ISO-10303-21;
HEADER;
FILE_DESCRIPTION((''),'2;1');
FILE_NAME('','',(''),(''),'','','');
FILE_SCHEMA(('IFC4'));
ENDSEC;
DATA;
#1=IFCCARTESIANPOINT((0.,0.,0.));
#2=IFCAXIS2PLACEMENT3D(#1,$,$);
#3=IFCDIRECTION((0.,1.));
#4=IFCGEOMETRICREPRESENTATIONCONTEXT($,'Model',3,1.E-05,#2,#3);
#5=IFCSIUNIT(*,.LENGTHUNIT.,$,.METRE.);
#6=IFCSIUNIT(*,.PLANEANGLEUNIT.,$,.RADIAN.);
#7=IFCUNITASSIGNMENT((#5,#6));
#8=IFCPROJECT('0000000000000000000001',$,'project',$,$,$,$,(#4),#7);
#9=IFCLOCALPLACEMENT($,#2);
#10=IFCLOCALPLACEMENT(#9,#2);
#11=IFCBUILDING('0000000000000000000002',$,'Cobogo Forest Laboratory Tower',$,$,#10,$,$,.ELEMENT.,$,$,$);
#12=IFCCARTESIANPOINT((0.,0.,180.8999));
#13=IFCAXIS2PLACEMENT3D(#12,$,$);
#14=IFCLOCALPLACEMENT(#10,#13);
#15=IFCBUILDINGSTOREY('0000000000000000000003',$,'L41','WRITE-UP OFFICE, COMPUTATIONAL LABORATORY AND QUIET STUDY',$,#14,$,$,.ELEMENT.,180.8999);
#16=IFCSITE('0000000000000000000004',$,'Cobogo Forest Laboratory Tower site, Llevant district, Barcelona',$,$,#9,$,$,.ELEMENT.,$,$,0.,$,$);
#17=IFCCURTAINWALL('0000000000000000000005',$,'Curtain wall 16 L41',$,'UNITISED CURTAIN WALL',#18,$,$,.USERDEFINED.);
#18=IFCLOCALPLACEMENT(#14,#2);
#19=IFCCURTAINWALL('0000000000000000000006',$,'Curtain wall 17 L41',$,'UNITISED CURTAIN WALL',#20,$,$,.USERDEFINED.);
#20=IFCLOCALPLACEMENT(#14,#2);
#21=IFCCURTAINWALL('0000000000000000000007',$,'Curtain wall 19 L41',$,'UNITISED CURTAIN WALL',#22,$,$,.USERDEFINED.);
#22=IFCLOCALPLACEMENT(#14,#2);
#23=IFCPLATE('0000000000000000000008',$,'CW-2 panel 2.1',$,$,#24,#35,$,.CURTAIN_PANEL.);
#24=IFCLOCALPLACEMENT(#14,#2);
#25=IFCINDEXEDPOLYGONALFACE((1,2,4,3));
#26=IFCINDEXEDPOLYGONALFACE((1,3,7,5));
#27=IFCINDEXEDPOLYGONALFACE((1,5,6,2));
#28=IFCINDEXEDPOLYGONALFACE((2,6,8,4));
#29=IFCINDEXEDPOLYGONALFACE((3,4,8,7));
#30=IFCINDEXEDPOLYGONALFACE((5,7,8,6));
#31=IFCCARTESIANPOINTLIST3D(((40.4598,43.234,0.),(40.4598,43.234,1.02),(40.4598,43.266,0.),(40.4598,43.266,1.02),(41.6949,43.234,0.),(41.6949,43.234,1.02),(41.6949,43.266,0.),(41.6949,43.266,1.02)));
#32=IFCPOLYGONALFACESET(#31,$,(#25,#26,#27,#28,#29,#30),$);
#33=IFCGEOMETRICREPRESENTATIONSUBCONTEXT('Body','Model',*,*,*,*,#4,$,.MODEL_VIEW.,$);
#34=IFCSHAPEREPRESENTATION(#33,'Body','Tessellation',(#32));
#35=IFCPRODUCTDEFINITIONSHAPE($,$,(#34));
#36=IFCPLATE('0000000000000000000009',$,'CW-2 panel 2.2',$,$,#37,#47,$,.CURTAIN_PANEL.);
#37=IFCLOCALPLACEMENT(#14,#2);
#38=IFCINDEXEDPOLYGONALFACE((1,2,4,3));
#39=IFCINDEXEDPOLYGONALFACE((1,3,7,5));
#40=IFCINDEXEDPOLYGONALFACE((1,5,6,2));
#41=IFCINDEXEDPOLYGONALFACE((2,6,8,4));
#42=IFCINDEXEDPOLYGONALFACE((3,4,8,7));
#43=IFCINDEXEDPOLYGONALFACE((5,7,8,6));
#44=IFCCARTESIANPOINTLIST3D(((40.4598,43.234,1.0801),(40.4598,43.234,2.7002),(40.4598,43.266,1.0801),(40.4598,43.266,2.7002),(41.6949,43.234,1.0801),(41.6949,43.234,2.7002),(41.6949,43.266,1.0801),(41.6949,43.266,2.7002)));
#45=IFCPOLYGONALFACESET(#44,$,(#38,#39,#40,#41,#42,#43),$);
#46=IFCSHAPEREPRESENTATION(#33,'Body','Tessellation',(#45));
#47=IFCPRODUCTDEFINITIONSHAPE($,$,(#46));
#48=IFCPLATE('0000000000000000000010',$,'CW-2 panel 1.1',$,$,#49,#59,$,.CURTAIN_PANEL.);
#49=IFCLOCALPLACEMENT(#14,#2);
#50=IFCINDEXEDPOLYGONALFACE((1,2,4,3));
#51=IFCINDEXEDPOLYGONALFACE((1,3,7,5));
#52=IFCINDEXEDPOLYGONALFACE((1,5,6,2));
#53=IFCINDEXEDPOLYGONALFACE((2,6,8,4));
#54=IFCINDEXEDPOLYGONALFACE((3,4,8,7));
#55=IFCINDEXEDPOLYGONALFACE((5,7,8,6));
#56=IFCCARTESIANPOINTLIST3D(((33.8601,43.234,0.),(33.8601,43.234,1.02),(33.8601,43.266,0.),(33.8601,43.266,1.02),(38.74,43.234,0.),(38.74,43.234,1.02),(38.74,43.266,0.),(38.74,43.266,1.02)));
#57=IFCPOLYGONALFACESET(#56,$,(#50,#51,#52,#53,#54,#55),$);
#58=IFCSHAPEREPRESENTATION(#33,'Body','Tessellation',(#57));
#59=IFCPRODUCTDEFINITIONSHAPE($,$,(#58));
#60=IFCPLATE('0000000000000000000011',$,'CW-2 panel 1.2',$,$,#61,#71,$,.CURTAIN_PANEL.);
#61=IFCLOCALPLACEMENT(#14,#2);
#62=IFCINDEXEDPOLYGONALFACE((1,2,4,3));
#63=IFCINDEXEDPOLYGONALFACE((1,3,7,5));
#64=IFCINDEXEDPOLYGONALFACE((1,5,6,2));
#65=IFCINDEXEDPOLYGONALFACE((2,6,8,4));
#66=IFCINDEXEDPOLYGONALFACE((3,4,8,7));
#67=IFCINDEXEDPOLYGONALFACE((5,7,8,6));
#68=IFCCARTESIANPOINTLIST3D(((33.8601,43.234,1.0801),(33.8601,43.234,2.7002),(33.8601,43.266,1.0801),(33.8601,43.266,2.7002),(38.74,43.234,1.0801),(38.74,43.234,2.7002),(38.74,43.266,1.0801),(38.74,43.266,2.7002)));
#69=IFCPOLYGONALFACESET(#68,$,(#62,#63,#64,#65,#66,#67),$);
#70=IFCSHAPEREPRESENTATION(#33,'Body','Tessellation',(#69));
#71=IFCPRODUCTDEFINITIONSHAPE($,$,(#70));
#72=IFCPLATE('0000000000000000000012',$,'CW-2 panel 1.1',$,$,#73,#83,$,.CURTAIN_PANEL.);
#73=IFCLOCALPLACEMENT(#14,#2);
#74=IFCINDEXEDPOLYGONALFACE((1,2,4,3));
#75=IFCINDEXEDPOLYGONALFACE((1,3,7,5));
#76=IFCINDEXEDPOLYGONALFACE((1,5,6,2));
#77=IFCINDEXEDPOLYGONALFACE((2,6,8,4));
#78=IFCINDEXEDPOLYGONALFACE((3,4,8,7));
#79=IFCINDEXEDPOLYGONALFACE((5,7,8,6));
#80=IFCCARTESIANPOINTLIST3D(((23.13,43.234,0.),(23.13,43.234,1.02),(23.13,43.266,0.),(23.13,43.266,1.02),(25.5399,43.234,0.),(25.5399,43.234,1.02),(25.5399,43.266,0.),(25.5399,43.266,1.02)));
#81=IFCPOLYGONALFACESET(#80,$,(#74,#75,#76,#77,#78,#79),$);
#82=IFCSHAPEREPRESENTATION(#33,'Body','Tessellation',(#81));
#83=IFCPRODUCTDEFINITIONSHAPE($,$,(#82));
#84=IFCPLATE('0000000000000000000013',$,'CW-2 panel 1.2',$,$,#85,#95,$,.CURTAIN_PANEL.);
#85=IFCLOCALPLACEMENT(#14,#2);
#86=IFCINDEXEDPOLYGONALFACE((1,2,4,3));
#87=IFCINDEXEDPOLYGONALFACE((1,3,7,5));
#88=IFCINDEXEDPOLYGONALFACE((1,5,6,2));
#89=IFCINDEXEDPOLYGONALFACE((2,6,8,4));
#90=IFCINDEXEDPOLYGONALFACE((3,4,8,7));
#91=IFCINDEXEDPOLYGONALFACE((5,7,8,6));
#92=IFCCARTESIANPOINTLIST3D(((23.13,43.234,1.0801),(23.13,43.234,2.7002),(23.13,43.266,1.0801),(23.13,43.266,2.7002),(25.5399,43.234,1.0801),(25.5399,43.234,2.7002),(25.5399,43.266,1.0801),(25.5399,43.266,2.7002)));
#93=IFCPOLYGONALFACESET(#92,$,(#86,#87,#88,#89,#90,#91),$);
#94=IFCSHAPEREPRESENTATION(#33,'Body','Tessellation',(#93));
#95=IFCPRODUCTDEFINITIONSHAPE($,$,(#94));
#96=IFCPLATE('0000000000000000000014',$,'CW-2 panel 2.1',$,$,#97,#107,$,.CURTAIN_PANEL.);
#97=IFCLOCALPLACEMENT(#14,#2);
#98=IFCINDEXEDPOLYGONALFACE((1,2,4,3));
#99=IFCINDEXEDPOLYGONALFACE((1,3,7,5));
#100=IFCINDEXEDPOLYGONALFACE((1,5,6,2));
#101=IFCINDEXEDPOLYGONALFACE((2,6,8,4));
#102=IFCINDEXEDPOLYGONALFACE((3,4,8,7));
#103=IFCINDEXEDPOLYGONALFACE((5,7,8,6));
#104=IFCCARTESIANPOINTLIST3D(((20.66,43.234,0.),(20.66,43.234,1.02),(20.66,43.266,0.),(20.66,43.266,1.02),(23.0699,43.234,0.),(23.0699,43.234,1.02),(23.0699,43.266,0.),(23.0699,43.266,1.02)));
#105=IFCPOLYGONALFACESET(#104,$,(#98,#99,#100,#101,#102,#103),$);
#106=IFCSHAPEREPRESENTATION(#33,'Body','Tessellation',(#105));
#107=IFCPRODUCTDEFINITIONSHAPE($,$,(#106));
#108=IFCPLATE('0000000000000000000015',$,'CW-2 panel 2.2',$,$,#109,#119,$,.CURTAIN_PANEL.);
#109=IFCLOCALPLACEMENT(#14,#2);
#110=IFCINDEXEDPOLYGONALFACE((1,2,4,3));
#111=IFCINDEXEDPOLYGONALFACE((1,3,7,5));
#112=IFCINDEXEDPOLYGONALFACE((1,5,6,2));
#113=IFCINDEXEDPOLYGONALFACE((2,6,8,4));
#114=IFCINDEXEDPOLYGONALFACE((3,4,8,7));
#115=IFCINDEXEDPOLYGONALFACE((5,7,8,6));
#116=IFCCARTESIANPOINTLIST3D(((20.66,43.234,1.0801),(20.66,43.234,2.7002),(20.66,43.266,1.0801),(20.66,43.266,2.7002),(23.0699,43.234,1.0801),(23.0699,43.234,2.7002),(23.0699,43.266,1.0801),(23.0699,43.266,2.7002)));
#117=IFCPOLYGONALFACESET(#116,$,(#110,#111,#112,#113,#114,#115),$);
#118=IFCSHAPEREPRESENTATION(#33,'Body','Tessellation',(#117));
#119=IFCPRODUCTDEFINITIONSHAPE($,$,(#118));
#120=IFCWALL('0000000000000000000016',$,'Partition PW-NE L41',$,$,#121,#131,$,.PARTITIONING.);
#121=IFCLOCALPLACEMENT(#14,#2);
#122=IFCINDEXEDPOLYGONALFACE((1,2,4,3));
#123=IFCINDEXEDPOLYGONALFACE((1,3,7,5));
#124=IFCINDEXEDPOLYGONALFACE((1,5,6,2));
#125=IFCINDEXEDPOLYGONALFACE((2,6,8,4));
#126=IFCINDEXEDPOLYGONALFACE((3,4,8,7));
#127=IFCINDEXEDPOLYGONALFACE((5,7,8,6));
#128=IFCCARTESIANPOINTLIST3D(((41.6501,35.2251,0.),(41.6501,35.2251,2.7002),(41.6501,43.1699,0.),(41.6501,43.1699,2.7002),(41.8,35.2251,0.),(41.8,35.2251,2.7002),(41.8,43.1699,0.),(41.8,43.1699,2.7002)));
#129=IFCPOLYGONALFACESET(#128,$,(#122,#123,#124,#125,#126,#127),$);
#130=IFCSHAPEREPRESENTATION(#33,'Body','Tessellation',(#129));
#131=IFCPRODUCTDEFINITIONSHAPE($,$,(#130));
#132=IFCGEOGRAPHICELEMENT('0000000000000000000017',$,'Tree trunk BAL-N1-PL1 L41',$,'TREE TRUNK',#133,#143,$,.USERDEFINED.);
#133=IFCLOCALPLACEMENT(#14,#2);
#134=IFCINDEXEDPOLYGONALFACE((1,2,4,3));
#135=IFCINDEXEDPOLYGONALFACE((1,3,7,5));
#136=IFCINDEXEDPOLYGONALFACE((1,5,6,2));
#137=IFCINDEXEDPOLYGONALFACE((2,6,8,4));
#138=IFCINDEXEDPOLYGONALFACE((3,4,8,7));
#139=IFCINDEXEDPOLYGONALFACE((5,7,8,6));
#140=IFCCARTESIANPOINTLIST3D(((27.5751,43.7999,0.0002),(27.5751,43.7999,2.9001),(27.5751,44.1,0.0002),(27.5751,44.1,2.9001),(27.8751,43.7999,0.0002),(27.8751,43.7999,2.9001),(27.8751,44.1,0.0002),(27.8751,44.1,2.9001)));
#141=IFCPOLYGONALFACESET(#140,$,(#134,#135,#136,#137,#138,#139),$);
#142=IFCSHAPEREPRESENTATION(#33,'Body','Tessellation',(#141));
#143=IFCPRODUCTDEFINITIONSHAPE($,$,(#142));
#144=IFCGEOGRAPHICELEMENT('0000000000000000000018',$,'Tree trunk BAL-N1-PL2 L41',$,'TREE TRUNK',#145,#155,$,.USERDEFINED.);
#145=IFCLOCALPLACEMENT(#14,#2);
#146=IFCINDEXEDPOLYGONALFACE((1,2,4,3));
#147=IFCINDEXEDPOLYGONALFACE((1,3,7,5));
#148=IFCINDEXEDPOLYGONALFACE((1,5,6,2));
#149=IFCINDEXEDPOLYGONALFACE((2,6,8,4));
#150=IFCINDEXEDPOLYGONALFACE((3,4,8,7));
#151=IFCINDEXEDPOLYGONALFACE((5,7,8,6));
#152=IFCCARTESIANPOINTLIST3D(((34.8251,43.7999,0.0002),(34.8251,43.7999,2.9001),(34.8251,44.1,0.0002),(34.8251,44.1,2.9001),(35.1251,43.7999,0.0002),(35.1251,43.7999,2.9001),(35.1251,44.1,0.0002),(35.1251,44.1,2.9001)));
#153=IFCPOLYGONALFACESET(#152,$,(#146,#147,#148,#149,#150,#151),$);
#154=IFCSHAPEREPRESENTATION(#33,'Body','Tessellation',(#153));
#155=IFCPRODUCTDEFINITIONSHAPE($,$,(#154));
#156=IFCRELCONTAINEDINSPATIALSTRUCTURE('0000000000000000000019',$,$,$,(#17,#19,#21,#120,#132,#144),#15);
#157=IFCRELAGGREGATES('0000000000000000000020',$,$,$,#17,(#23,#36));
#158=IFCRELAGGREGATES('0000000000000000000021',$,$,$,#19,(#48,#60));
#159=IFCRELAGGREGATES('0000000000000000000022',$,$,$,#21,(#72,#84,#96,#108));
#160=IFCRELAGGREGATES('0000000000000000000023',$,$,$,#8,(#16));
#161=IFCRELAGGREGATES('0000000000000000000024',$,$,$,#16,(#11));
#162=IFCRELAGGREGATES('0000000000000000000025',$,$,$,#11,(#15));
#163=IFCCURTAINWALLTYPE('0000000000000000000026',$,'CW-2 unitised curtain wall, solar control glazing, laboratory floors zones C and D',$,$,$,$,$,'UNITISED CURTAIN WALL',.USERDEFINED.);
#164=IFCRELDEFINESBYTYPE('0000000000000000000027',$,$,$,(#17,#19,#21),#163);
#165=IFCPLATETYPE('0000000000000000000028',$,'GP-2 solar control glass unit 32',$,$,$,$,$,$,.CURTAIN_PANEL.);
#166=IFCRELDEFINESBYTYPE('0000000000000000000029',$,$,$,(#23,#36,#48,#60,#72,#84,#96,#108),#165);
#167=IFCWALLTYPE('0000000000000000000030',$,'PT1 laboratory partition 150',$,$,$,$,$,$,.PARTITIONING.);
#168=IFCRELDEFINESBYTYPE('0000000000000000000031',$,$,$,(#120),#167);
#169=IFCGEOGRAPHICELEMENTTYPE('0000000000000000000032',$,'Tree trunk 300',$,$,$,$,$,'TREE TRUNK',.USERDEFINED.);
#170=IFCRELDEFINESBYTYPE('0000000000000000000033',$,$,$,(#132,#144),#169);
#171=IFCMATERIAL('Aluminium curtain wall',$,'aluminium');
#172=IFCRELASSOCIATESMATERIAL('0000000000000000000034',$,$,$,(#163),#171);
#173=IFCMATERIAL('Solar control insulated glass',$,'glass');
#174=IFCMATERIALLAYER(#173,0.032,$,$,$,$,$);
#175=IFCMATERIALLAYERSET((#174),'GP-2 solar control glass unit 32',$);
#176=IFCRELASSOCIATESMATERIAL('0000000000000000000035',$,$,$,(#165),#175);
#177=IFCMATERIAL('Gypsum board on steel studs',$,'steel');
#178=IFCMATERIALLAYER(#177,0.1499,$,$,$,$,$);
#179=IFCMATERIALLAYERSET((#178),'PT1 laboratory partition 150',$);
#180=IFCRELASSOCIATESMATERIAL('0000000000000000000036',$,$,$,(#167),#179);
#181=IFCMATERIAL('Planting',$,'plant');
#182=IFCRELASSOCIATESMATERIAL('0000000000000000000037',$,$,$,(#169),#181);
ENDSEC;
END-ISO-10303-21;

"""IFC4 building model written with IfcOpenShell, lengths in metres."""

from ifc_helpers import new_model, si_unit, direction, frame, frame_2d, origin, origin_2d, place, context, subcontext, project, spatial, rectangle, extrude, material, layer, layer_set, type_object, element, aggregate, save


model = new_model("IFC4")

# Units and contexts
model_context = context("Model", 3, precision=1e-05, world=origin(), true_north=direction((0.0, 1.0)))
body_context = subcontext(model_context, "Body", "Model", "MODEL_VIEW")
ifc_project = project(units=[si_unit("LENGTHUNIT", "METRE"), si_unit("PLANEANGLEUNIT", "RADIAN")], contexts=[model_context])

# Site, building, storey
site_placement = place(None, origin())
site = spatial("IfcSite", under=ifc_project, at=site_placement, Name="Cobogo Forest Laboratory Tower site, Llevant district, Barcelona", CompositionType="ELEMENT", RefElevation=0.0)
building_placement = place(site_placement, origin())
building = spatial("IfcBuilding", under=site, at=building_placement, Name="Cobogo Forest Laboratory Tower", CompositionType="ELEMENT")
storey_placement = place(building_placement, frame((0.0, 0.0, 180.8999)))
storey = spatial("IfcBuildingStorey", under=building, at=storey_placement, Name="L41", Description="WRITE-UP OFFICE, COMPUTATIONAL LABORATORY AND QUIET STUDY", CompositionType="ELEMENT", Elevation=180.8999)

# Curtain walls
ifc_material_1 = material(Name="Aluminium curtain wall", Category="aluminium")
curtain_wall_type = type_object("IfcCurtainWallType", Name="CW-2 unitised curtain wall, solar control glazing, laboratory floors zones C and D", ElementType="UNITISED CURTAIN WALL", PredefinedType="USERDEFINED", material=ifc_material_1)
curtain_wall_1_placement = place(storey_placement, origin())
curtain_wall_1 = element("IfcCurtainWall", 1, at=curtain_wall_1_placement, inside=storey, type_object=curtain_wall_type, Name="Curtain wall 16 L41", ObjectType="UNITISED CURTAIN WALL", PredefinedType="USERDEFINED")
curtain_wall_2_placement = place(storey_placement, origin())
curtain_wall_2 = element("IfcCurtainWall", 2, at=curtain_wall_2_placement, inside=storey, type_object=curtain_wall_type, Name="Curtain wall 17 L41", ObjectType="UNITISED CURTAIN WALL", PredefinedType="USERDEFINED")
curtain_wall_3_placement = place(storey_placement, origin())
curtain_wall_3 = element("IfcCurtainWall", 3, at=curtain_wall_3_placement, inside=storey, type_object=curtain_wall_type, Name="Curtain wall 19 L41", ObjectType="UNITISED CURTAIN WALL", PredefinedType="USERDEFINED")

# Plates
ifc_material_2 = material(Name="Solar control insulated glass", Category="glass")
ifc_layer_1 = layer(ifc_material_2, 0.032)
ifc_layer_set_1 = layer_set([ifc_layer_1], Name="GP-2 solar control glass unit 32")
plate_type = type_object("IfcPlateType", Name="GP-2 solar control glass unit 32", PredefinedType="CURTAIN_PANEL", material=ifc_layer_set_1)
plate_1_placement = place(storey_placement, frame((41.0774, 43.25, 0.0), z_axis=(0.0, 0.0, 1.0), x_axis=(-1.0, 0.0, 0.0)))
plate_1 = element("IfcPlate", 4, at=plate_1_placement, type_object=plate_type, Name="CW-2 panel 2.1", PredefinedType="CURTAIN_PANEL", context=body_context, shape_type="SweptSolid", body=[
    extrude(rectangle(XDim=1.2351, YDim=0.032, at=origin_2d()), origin(), (0.0, 0.0, 1.0), 1.02),
])
plate_2_placement = place(storey_placement, frame((41.0774, 43.25, 1.0801), z_axis=(0.0, 0.0, 1.0), x_axis=(-1.0, 0.0, 0.0)))
plate_2 = element("IfcPlate", 5, at=plate_2_placement, type_object=plate_type, Name="CW-2 panel 2.2", PredefinedType="CURTAIN_PANEL", context=body_context, shape_type="SweptSolid", body=[
    extrude(rectangle(XDim=1.2351, YDim=0.032, at=origin_2d()), origin(), (0.0, 0.0, 1.0), 1.6201),
])
aggregate(curtain_wall_1, [plate_1, plate_2])
plate_3_placement = place(storey_placement, frame((36.3, 43.25, 0.0), z_axis=(0.0, 0.0, 1.0), x_axis=(-1.0, 0.0, 0.0)))
plate_3 = element("IfcPlate", 6, at=plate_3_placement, type_object=plate_type, Name="CW-2 panel 1.1", PredefinedType="CURTAIN_PANEL", context=body_context, shape_type="SweptSolid", body=[
    extrude(rectangle(XDim=4.8799, YDim=0.032, at=origin_2d()), origin(), (0.0, 0.0, 1.0), 1.02),
])
plate_4_placement = place(storey_placement, frame((36.3, 43.25, 1.0801), z_axis=(0.0, 0.0, 1.0), x_axis=(-1.0, 0.0, 0.0)))
plate_4 = element("IfcPlate", 7, at=plate_4_placement, type_object=plate_type, Name="CW-2 panel 1.2", PredefinedType="CURTAIN_PANEL", context=body_context, shape_type="SweptSolid", body=[
    extrude(rectangle(XDim=4.8799, YDim=0.032, at=origin_2d()), origin(), (0.0, 0.0, 1.0), 1.6201),
])
aggregate(curtain_wall_2, [plate_3, plate_4])
plate_5_placement = place(storey_placement, frame((24.335, 43.25, 0.0), z_axis=(0.0, 0.0, 1.0), x_axis=(-1.0, 0.0, 0.0)))
plate_5 = element("IfcPlate", 8, at=plate_5_placement, type_object=plate_type, Name="CW-2 panel 1.1", PredefinedType="CURTAIN_PANEL", context=body_context, shape_type="SweptSolid", body=[
    extrude(rectangle(XDim=2.4099, YDim=0.032, at=origin_2d()), origin(), (0.0, 0.0, 1.0), 1.02),
])
plate_6_placement = place(storey_placement, frame((24.335, 43.25, 1.0801), z_axis=(0.0, 0.0, 1.0), x_axis=(-1.0, 0.0, 0.0)))
plate_6 = element("IfcPlate", 9, at=plate_6_placement, type_object=plate_type, Name="CW-2 panel 1.2", PredefinedType="CURTAIN_PANEL", context=body_context, shape_type="SweptSolid", body=[
    extrude(rectangle(XDim=2.4099, YDim=0.032, at=origin_2d()), origin(), (0.0, 0.0, 1.0), 1.6201),
])
plate_7_placement = place(storey_placement, frame((21.865, 43.25, 0.0), z_axis=(0.0, 0.0, 1.0), x_axis=(-1.0, 0.0, 0.0)))
plate_7 = element("IfcPlate", 10, at=plate_7_placement, type_object=plate_type, Name="CW-2 panel 2.1", PredefinedType="CURTAIN_PANEL", context=body_context, shape_type="SweptSolid", body=[
    extrude(rectangle(XDim=2.4099, YDim=0.032, at=origin_2d()), origin(), (0.0, 0.0, 1.0), 1.02),
])
plate_8_placement = place(storey_placement, frame((21.865, 43.25, 1.0801), z_axis=(0.0, 0.0, 1.0), x_axis=(-1.0, 0.0, 0.0)))
plate_8 = element("IfcPlate", 11, at=plate_8_placement, type_object=plate_type, Name="CW-2 panel 2.2", PredefinedType="CURTAIN_PANEL", context=body_context, shape_type="SweptSolid", body=[
    extrude(rectangle(XDim=2.4099, YDim=0.032, at=origin_2d()), origin(), (0.0, 0.0, 1.0), 1.6201),
])
aggregate(curtain_wall_3, [plate_5, plate_6, plate_7, plate_8])

# Wall
ifc_material_3 = material(Name="Gypsum board on steel studs", Category="steel")
ifc_layer_2 = layer(ifc_material_3, 0.1499)
ifc_layer_set_2 = layer_set([ifc_layer_2], Name="PT1 laboratory partition 150")
wall_type_1 = type_object("IfcWallType", Name="PT1 laboratory partition 150", PredefinedType="PARTITIONING", material=ifc_layer_set_2)
wall_1_placement = place(storey_placement, frame((41.7251, 43.1699, 0.0), z_axis=(0.0, 0.0, 1.0), x_axis=(0.0, -1.0, 0.0)))
element("IfcWall", 12, at=wall_1_placement, inside=storey, type_object=wall_type_1, Name="Partition PW-NE L41", PredefinedType="PARTITIONING", context=body_context, shape_type="SweptSolid", body=[
    extrude(rectangle(XDim=7.9448, YDim=0.1499, at=frame_2d((3.9724, 0.0))), origin(), (0.0, 0.0, 1.0), 2.7002),
])

# Geographic elements
ifc_material_4 = material(Name="Planting", Category="plant")
geographic_element_type = type_object("IfcGeographicElementType", Name="Tree trunk 300", ElementType="TREE TRUNK", PredefinedType="USERDEFINED", material=ifc_material_4)
for number, where, z_axis, x_axis, name in (
    (13, (27.7251, 43.95, 0.0002), (0.0, 0.0, 1.0), (1.0, 0.0, 0.0), "Tree trunk BAL-N1-PL1 L41"),
    (14, (34.9751, 43.95, 0.0002), (0.0, 0.0, 1.0), (1.0, 0.0, 0.0), "Tree trunk BAL-N1-PL2 L41"),
):
    element("IfcGeographicElement", number, at=place(storey_placement, frame(where, z_axis=z_axis, x_axis=x_axis)), inside=storey, type_object=geographic_element_type, Name=name, ObjectType="TREE TRUNK", PredefinedType="USERDEFINED", context=body_context, shape_type="SweptSolid", body=[
        extrude(rectangle(XDim=0.3, YDim=0.3, at=origin_2d()), origin(), (0.0, 0.0, 1.0), 2.8999),
    ])

save(model, "model.ifc")
